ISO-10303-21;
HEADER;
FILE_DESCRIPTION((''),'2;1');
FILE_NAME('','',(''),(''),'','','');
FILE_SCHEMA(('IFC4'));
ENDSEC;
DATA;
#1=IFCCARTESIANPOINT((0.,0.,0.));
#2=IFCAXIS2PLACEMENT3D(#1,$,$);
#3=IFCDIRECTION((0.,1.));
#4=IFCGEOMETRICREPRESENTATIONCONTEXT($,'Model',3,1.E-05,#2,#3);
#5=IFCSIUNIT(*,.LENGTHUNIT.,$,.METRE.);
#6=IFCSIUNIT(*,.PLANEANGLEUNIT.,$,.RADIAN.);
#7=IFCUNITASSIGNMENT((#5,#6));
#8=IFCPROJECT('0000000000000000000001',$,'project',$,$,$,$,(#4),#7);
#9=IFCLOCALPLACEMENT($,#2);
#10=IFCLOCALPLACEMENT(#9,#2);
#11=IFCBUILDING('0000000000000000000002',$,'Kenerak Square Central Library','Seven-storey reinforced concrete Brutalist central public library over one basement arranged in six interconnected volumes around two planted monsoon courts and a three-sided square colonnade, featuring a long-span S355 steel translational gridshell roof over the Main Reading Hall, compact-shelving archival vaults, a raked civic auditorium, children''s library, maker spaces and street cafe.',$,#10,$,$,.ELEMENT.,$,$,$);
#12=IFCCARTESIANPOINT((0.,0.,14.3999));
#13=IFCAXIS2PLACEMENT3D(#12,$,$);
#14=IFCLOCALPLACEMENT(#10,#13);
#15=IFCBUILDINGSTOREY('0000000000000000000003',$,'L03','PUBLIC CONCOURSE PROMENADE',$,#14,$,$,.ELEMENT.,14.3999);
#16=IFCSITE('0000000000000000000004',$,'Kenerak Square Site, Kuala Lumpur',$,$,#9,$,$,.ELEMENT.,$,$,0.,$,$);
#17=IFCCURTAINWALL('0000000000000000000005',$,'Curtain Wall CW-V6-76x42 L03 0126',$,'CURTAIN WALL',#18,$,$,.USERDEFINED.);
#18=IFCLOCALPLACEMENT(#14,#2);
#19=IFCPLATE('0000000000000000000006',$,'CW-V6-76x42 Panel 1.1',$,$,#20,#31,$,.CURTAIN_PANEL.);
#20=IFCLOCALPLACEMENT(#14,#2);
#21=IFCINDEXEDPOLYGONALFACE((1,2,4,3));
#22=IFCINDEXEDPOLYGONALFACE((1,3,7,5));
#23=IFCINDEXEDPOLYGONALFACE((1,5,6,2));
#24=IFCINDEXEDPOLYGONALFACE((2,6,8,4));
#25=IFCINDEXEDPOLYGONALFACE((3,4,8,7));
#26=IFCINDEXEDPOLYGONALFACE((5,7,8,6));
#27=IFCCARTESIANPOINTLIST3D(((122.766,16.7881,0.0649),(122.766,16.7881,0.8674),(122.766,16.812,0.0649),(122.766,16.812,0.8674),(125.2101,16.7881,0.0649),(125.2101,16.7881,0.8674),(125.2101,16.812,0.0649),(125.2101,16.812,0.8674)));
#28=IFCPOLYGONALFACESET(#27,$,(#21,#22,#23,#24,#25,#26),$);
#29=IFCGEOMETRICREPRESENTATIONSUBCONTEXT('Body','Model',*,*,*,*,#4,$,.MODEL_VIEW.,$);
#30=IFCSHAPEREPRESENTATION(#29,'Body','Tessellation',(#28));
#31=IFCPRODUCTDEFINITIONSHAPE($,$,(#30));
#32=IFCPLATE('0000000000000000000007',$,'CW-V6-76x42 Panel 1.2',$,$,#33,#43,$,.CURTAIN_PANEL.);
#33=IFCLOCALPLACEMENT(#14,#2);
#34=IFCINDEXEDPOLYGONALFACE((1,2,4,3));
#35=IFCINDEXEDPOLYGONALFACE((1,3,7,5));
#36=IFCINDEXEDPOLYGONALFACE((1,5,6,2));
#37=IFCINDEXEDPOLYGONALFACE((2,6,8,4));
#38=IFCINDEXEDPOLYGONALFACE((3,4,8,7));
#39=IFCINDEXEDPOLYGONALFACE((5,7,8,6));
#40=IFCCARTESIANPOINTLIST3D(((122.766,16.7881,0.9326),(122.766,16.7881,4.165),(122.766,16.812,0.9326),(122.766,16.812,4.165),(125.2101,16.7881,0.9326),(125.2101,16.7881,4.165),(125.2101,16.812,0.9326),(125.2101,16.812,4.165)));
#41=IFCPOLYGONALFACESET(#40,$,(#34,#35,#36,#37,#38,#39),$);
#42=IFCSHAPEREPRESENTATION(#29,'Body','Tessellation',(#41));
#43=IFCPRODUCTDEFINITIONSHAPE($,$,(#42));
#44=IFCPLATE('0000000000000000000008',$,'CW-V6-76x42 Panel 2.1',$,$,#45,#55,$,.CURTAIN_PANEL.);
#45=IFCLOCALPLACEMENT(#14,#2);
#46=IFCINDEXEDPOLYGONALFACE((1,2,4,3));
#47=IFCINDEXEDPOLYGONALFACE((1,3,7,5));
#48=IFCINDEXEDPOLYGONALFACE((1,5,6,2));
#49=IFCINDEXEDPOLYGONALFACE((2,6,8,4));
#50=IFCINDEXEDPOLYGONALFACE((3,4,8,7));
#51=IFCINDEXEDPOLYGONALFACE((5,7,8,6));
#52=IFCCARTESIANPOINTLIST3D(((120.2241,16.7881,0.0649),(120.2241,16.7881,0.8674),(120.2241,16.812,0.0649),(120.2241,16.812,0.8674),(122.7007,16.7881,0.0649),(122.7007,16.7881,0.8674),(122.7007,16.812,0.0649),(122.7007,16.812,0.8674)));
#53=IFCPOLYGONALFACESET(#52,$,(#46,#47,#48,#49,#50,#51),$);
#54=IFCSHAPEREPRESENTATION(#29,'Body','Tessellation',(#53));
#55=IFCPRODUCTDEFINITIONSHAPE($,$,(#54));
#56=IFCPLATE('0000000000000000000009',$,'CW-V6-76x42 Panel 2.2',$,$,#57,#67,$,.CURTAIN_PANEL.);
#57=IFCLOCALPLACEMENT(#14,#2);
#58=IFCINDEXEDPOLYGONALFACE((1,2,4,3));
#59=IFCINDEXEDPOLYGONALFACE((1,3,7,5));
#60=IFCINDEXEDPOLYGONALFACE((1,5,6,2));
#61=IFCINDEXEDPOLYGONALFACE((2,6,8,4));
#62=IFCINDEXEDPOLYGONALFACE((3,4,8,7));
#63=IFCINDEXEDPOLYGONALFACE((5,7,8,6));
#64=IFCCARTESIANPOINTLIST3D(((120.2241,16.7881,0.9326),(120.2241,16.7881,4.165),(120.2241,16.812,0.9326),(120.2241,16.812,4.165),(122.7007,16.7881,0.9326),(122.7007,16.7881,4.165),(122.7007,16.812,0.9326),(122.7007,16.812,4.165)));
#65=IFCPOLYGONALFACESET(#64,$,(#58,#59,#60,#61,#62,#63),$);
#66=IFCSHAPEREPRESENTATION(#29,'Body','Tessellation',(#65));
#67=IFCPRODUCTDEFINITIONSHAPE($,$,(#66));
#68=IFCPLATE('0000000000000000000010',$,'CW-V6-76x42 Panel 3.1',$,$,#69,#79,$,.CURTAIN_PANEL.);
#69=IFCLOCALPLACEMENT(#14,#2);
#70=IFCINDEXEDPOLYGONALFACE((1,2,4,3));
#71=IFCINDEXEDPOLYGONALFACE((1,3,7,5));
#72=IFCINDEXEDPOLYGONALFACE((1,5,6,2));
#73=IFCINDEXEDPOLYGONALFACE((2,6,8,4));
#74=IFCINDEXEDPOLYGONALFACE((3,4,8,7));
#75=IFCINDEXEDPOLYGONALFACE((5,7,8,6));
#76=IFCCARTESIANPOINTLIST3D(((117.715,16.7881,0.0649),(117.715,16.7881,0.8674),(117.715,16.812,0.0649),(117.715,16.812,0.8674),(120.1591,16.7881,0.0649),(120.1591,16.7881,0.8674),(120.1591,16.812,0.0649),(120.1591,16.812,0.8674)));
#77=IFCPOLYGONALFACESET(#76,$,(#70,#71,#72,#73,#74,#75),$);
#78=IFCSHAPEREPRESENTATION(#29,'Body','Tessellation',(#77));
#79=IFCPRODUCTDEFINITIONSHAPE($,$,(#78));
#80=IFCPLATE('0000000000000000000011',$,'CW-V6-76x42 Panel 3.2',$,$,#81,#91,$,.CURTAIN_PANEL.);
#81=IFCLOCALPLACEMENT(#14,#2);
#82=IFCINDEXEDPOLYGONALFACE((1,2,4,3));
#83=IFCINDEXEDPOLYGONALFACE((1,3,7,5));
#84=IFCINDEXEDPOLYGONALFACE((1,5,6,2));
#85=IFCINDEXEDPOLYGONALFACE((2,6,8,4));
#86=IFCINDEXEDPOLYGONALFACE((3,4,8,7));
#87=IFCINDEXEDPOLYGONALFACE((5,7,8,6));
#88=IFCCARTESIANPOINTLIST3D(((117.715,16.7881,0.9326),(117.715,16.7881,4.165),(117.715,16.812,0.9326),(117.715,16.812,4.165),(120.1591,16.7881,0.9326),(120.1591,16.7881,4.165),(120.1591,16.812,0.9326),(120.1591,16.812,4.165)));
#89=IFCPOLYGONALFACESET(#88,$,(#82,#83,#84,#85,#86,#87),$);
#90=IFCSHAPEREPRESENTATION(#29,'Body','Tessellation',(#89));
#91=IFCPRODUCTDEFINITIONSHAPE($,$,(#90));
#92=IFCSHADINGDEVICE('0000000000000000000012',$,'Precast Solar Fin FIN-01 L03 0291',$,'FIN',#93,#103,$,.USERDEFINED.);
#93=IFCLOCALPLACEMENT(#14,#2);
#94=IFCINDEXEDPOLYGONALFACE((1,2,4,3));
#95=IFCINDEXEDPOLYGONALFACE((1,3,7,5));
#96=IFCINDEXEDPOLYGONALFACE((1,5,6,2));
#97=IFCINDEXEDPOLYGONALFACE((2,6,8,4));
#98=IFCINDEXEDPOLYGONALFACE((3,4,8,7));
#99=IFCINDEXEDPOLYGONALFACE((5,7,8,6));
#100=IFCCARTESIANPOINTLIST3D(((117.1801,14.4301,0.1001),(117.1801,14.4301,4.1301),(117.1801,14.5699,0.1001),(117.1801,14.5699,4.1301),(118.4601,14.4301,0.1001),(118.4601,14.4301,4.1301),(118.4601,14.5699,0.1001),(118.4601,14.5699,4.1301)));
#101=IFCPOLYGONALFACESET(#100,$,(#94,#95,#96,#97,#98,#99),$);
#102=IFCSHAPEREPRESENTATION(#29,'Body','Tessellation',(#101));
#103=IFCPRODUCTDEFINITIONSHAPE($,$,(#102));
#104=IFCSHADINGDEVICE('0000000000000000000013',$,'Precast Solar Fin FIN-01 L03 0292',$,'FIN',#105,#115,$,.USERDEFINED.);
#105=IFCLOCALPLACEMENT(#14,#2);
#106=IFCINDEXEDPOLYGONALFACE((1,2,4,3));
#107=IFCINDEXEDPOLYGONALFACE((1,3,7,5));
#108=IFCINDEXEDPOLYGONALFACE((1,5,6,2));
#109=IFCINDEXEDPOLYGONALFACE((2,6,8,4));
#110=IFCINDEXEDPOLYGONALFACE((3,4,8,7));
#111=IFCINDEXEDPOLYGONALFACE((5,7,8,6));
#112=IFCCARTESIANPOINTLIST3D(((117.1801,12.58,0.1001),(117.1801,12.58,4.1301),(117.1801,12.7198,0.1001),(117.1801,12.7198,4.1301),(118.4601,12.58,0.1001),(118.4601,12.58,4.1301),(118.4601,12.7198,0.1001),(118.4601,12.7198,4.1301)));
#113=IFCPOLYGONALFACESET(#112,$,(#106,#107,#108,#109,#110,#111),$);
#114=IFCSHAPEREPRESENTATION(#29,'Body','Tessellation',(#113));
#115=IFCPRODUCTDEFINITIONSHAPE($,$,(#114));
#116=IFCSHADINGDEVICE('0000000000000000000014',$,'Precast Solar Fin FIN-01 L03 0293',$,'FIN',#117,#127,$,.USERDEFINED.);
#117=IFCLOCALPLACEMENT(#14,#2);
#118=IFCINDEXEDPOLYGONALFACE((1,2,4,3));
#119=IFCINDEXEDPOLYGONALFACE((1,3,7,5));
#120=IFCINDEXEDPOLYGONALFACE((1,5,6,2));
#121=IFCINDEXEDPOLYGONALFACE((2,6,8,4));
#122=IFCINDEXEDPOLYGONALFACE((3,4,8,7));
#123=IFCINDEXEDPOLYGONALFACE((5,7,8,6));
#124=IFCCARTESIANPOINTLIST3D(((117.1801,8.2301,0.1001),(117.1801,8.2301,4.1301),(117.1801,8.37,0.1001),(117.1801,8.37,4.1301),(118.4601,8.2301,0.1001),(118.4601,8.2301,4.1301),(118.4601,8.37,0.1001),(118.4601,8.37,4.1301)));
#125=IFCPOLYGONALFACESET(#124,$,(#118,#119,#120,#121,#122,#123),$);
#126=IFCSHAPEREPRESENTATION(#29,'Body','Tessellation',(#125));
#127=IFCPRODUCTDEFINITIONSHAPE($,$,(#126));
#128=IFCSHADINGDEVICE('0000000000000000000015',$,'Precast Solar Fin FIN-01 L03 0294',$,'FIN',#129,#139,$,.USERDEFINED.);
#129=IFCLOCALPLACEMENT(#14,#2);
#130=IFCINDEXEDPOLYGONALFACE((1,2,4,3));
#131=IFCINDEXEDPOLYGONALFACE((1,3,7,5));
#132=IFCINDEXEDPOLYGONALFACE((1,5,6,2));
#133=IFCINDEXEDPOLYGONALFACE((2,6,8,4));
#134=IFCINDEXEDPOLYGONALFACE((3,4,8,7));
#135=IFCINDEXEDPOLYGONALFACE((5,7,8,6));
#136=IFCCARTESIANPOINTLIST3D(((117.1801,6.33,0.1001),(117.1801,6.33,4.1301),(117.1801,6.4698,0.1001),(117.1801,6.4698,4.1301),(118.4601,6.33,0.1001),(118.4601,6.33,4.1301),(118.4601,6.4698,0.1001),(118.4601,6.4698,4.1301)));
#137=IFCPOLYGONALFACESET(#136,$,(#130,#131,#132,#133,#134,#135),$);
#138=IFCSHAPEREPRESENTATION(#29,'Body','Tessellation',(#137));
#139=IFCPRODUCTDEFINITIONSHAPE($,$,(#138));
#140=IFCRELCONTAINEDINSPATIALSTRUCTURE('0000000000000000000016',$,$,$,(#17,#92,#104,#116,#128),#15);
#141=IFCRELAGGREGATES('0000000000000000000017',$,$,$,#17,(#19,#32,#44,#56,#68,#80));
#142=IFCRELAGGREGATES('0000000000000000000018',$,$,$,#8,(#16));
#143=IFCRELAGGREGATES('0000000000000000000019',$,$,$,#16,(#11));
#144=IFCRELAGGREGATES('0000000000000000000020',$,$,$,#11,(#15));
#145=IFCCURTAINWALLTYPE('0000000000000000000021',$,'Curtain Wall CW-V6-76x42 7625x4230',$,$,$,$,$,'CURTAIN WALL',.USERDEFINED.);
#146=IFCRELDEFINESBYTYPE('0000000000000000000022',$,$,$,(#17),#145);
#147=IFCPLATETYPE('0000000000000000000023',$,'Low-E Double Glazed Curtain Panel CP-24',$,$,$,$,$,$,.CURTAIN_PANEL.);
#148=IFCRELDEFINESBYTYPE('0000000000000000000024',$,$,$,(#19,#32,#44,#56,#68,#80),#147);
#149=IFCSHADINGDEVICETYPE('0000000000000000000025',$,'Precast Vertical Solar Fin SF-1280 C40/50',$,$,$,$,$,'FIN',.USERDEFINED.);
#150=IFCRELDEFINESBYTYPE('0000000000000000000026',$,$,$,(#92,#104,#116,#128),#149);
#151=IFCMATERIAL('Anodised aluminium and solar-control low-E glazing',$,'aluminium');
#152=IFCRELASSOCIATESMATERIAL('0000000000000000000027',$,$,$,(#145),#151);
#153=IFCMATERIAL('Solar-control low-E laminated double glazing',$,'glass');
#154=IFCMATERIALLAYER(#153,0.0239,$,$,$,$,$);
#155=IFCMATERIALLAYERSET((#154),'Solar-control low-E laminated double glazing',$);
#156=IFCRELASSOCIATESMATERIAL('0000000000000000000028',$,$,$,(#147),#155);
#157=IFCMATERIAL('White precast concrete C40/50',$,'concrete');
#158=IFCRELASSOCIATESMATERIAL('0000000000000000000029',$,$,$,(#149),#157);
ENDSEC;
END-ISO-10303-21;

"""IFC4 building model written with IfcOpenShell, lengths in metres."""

from ifc_helpers import new_model, si_unit, direction, frame, origin, origin_2d, place, context, subcontext, project, spatial, rectangle, extrude, material, layer, layer_set, type_object, element, aggregate, save


model = new_model("IFC4")

# Units and contexts
model_context = context("Model", 3, precision=1e-05, world=origin(), true_north=direction((0.0, 1.0)))
body_context = subcontext(model_context, "Body", "Model", "MODEL_VIEW")
ifc_project = project(units=[si_unit("LENGTHUNIT", "METRE"), si_unit("PLANEANGLEUNIT", "RADIAN")], contexts=[model_context])

# Site, building, storey
site_placement = place(None, origin())
site = spatial("IfcSite", under=ifc_project, at=site_placement, Name="Kenerak Square Site, Kuala Lumpur", CompositionType="ELEMENT", RefElevation=0.0)
building_placement = place(site_placement, origin())
building = spatial("IfcBuilding", under=site, at=building_placement, Name="Kenerak Square Central Library", Description="Seven-storey reinforced concrete Brutalist central public library over one basement arranged in six interconnected volumes around two planted monsoon courts and a three-sided square colonnade, featuring a long-span S355 steel translational gridshell roof over the Main Reading Hall, compact-shelving archival vaults, a raked civic auditorium, children's library, maker spaces and street cafe.", CompositionType="ELEMENT")
storey_placement = place(building_placement, frame((0.0, 0.0, 14.3999)))
storey = spatial("IfcBuildingStorey", under=building, at=storey_placement, Name="L03", Description="PUBLIC CONCOURSE PROMENADE", CompositionType="ELEMENT", Elevation=14.3999)

# Curtain wall, plates
ifc_material_1 = material(Name="Anodised aluminium and solar-control low-E glazing", Category="aluminium")
curtain_wall_type = type_object("IfcCurtainWallType", Name="Curtain Wall CW-V6-76x42 7625x4230", ElementType="CURTAIN WALL", PredefinedType="USERDEFINED", material=ifc_material_1)
curtain_wall_placement = place(storey_placement, origin())
curtain_wall = element("IfcCurtainWall", 1, at=curtain_wall_placement, inside=storey, type_object=curtain_wall_type, Name="Curtain Wall CW-V6-76x42 L03 0126", ObjectType="CURTAIN WALL", PredefinedType="USERDEFINED")
ifc_material_2 = material(Name="Solar-control low-E laminated double glazing", Category="glass")
ifc_layer = layer(ifc_material_2, 0.0239)
ifc_layer_set = layer_set([ifc_layer], Name="Solar-control low-E laminated double glazing")
plate_type = type_object("IfcPlateType", Name="Low-E Double Glazed Curtain Panel CP-24", PredefinedType="CURTAIN_PANEL", material=ifc_layer_set)
plate_1_placement = place(storey_placement, frame((123.988, 16.8, 0.0649), z_axis=(0.0, 0.0, 1.0), x_axis=(-1.0, 0.0, 0.0)))
plate_1 = element("IfcPlate", 2, at=plate_1_placement, type_object=plate_type, Name="CW-V6-76x42 Panel 1.1", PredefinedType="CURTAIN_PANEL", context=body_context, shape_type="SweptSolid", body=[
    extrude(rectangle(XDim=2.4441, YDim=0.0239, at=origin_2d()), origin(), (0.0, 0.0, 1.0), 0.8025),
])
plate_2_placement = place(storey_placement, frame((123.988, 16.8, 0.9326), z_axis=(0.0, 0.0, 1.0), x_axis=(-1.0, 0.0, 0.0)))
plate_2 = element("IfcPlate", 3, at=plate_2_placement, type_object=plate_type, Name="CW-V6-76x42 Panel 1.2", PredefinedType="CURTAIN_PANEL", context=body_context, shape_type="SweptSolid", body=[
    extrude(rectangle(XDim=2.4441, YDim=0.0239, at=origin_2d()), origin(), (0.0, 0.0, 1.0), 3.2324),
])
plate_3_placement = place(storey_placement, frame((121.4624, 16.8, 0.0649), z_axis=(0.0, 0.0, 1.0), x_axis=(-1.0, 0.0, 0.0)))
plate_3 = element("IfcPlate", 4, at=plate_3_placement, type_object=plate_type, Name="CW-V6-76x42 Panel 2.1", PredefinedType="CURTAIN_PANEL", context=body_context, shape_type="SweptSolid", body=[
    extrude(rectangle(XDim=2.4766, YDim=0.0239, at=origin_2d()), origin(), (0.0, 0.0, 1.0), 0.8025),
])
plate_4_placement = place(storey_placement, frame((121.4624, 16.8, 0.9326), z_axis=(0.0, 0.0, 1.0), x_axis=(-1.0, 0.0, 0.0)))
plate_4 = element("IfcPlate", 5, at=plate_4_placement, type_object=plate_type, Name="CW-V6-76x42 Panel 2.2", PredefinedType="CURTAIN_PANEL", context=body_context, shape_type="SweptSolid", body=[
    extrude(rectangle(XDim=2.4766, YDim=0.0239, at=origin_2d()), origin(), (0.0, 0.0, 1.0), 3.2324),
])
plate_5_placement = place(storey_placement, frame((118.937, 16.8, 0.0649), z_axis=(0.0, 0.0, 1.0), x_axis=(-1.0, 0.0, 0.0)))
plate_5 = element("IfcPlate", 6, at=plate_5_placement, type_object=plate_type, Name="CW-V6-76x42 Panel 3.1", PredefinedType="CURTAIN_PANEL", context=body_context, shape_type="SweptSolid", body=[
    extrude(rectangle(XDim=2.4441, YDim=0.0239, at=origin_2d()), origin(), (0.0, 0.0, 1.0), 0.8025),
])
plate_6_placement = place(storey_placement, frame((118.937, 16.8, 0.9326), z_axis=(0.0, 0.0, 1.0), x_axis=(-1.0, 0.0, 0.0)))
plate_6 = element("IfcPlate", 7, at=plate_6_placement, type_object=plate_type, Name="CW-V6-76x42 Panel 3.2", PredefinedType="CURTAIN_PANEL", context=body_context, shape_type="SweptSolid", body=[
    extrude(rectangle(XDim=2.4441, YDim=0.0239, at=origin_2d()), origin(), (0.0, 0.0, 1.0), 3.2324),
])
aggregate(curtain_wall, [plate_1, plate_2, plate_3, plate_4, plate_5, plate_6])

# Shading devices
ifc_material_3 = material(Name="White precast concrete C40/50", Category="concrete")
shading_device_type = type_object("IfcShadingDeviceType", Name="Precast Vertical Solar Fin SF-1280 C40/50", ElementType="FIN", PredefinedType="USERDEFINED", material=ifc_material_3)
for number, where, z_axis, x_axis, name in (
    (8, (117.8201, 14.5, 0.1001), (0.0, 0.0, 1.0), (0.0, -1.0, 0.0), "Precast Solar Fin FIN-01 L03 0291"),
    (9, (117.8201, 12.6499, 0.1001), (0.0, 0.0, 1.0), (0.0, -1.0, 0.0), "Precast Solar Fin FIN-01 L03 0292"),
    (10, (117.8201, 8.3, 0.1001), (0.0, 0.0, 1.0), (0.0, -1.0, 0.0), "Precast Solar Fin FIN-01 L03 0293"),
    (11, (117.8201, 6.3999, 0.1001), (0.0, 0.0, 1.0), (0.0, -1.0, 0.0), "Precast Solar Fin FIN-01 L03 0294"),
):
    element("IfcShadingDevice", number, at=place(storey_placement, frame(where, z_axis=z_axis, x_axis=x_axis)), inside=storey, type_object=shading_device_type, Name=name, ObjectType="FIN", PredefinedType="USERDEFINED", context=body_context, shape_type="SweptSolid", body=[
        extrude(rectangle(XDim=0.1399, YDim=1.28, at=origin_2d()), origin(), (0.0, 0.0, 1.0), 4.03),
    ])

save(model, "model.ifc")
